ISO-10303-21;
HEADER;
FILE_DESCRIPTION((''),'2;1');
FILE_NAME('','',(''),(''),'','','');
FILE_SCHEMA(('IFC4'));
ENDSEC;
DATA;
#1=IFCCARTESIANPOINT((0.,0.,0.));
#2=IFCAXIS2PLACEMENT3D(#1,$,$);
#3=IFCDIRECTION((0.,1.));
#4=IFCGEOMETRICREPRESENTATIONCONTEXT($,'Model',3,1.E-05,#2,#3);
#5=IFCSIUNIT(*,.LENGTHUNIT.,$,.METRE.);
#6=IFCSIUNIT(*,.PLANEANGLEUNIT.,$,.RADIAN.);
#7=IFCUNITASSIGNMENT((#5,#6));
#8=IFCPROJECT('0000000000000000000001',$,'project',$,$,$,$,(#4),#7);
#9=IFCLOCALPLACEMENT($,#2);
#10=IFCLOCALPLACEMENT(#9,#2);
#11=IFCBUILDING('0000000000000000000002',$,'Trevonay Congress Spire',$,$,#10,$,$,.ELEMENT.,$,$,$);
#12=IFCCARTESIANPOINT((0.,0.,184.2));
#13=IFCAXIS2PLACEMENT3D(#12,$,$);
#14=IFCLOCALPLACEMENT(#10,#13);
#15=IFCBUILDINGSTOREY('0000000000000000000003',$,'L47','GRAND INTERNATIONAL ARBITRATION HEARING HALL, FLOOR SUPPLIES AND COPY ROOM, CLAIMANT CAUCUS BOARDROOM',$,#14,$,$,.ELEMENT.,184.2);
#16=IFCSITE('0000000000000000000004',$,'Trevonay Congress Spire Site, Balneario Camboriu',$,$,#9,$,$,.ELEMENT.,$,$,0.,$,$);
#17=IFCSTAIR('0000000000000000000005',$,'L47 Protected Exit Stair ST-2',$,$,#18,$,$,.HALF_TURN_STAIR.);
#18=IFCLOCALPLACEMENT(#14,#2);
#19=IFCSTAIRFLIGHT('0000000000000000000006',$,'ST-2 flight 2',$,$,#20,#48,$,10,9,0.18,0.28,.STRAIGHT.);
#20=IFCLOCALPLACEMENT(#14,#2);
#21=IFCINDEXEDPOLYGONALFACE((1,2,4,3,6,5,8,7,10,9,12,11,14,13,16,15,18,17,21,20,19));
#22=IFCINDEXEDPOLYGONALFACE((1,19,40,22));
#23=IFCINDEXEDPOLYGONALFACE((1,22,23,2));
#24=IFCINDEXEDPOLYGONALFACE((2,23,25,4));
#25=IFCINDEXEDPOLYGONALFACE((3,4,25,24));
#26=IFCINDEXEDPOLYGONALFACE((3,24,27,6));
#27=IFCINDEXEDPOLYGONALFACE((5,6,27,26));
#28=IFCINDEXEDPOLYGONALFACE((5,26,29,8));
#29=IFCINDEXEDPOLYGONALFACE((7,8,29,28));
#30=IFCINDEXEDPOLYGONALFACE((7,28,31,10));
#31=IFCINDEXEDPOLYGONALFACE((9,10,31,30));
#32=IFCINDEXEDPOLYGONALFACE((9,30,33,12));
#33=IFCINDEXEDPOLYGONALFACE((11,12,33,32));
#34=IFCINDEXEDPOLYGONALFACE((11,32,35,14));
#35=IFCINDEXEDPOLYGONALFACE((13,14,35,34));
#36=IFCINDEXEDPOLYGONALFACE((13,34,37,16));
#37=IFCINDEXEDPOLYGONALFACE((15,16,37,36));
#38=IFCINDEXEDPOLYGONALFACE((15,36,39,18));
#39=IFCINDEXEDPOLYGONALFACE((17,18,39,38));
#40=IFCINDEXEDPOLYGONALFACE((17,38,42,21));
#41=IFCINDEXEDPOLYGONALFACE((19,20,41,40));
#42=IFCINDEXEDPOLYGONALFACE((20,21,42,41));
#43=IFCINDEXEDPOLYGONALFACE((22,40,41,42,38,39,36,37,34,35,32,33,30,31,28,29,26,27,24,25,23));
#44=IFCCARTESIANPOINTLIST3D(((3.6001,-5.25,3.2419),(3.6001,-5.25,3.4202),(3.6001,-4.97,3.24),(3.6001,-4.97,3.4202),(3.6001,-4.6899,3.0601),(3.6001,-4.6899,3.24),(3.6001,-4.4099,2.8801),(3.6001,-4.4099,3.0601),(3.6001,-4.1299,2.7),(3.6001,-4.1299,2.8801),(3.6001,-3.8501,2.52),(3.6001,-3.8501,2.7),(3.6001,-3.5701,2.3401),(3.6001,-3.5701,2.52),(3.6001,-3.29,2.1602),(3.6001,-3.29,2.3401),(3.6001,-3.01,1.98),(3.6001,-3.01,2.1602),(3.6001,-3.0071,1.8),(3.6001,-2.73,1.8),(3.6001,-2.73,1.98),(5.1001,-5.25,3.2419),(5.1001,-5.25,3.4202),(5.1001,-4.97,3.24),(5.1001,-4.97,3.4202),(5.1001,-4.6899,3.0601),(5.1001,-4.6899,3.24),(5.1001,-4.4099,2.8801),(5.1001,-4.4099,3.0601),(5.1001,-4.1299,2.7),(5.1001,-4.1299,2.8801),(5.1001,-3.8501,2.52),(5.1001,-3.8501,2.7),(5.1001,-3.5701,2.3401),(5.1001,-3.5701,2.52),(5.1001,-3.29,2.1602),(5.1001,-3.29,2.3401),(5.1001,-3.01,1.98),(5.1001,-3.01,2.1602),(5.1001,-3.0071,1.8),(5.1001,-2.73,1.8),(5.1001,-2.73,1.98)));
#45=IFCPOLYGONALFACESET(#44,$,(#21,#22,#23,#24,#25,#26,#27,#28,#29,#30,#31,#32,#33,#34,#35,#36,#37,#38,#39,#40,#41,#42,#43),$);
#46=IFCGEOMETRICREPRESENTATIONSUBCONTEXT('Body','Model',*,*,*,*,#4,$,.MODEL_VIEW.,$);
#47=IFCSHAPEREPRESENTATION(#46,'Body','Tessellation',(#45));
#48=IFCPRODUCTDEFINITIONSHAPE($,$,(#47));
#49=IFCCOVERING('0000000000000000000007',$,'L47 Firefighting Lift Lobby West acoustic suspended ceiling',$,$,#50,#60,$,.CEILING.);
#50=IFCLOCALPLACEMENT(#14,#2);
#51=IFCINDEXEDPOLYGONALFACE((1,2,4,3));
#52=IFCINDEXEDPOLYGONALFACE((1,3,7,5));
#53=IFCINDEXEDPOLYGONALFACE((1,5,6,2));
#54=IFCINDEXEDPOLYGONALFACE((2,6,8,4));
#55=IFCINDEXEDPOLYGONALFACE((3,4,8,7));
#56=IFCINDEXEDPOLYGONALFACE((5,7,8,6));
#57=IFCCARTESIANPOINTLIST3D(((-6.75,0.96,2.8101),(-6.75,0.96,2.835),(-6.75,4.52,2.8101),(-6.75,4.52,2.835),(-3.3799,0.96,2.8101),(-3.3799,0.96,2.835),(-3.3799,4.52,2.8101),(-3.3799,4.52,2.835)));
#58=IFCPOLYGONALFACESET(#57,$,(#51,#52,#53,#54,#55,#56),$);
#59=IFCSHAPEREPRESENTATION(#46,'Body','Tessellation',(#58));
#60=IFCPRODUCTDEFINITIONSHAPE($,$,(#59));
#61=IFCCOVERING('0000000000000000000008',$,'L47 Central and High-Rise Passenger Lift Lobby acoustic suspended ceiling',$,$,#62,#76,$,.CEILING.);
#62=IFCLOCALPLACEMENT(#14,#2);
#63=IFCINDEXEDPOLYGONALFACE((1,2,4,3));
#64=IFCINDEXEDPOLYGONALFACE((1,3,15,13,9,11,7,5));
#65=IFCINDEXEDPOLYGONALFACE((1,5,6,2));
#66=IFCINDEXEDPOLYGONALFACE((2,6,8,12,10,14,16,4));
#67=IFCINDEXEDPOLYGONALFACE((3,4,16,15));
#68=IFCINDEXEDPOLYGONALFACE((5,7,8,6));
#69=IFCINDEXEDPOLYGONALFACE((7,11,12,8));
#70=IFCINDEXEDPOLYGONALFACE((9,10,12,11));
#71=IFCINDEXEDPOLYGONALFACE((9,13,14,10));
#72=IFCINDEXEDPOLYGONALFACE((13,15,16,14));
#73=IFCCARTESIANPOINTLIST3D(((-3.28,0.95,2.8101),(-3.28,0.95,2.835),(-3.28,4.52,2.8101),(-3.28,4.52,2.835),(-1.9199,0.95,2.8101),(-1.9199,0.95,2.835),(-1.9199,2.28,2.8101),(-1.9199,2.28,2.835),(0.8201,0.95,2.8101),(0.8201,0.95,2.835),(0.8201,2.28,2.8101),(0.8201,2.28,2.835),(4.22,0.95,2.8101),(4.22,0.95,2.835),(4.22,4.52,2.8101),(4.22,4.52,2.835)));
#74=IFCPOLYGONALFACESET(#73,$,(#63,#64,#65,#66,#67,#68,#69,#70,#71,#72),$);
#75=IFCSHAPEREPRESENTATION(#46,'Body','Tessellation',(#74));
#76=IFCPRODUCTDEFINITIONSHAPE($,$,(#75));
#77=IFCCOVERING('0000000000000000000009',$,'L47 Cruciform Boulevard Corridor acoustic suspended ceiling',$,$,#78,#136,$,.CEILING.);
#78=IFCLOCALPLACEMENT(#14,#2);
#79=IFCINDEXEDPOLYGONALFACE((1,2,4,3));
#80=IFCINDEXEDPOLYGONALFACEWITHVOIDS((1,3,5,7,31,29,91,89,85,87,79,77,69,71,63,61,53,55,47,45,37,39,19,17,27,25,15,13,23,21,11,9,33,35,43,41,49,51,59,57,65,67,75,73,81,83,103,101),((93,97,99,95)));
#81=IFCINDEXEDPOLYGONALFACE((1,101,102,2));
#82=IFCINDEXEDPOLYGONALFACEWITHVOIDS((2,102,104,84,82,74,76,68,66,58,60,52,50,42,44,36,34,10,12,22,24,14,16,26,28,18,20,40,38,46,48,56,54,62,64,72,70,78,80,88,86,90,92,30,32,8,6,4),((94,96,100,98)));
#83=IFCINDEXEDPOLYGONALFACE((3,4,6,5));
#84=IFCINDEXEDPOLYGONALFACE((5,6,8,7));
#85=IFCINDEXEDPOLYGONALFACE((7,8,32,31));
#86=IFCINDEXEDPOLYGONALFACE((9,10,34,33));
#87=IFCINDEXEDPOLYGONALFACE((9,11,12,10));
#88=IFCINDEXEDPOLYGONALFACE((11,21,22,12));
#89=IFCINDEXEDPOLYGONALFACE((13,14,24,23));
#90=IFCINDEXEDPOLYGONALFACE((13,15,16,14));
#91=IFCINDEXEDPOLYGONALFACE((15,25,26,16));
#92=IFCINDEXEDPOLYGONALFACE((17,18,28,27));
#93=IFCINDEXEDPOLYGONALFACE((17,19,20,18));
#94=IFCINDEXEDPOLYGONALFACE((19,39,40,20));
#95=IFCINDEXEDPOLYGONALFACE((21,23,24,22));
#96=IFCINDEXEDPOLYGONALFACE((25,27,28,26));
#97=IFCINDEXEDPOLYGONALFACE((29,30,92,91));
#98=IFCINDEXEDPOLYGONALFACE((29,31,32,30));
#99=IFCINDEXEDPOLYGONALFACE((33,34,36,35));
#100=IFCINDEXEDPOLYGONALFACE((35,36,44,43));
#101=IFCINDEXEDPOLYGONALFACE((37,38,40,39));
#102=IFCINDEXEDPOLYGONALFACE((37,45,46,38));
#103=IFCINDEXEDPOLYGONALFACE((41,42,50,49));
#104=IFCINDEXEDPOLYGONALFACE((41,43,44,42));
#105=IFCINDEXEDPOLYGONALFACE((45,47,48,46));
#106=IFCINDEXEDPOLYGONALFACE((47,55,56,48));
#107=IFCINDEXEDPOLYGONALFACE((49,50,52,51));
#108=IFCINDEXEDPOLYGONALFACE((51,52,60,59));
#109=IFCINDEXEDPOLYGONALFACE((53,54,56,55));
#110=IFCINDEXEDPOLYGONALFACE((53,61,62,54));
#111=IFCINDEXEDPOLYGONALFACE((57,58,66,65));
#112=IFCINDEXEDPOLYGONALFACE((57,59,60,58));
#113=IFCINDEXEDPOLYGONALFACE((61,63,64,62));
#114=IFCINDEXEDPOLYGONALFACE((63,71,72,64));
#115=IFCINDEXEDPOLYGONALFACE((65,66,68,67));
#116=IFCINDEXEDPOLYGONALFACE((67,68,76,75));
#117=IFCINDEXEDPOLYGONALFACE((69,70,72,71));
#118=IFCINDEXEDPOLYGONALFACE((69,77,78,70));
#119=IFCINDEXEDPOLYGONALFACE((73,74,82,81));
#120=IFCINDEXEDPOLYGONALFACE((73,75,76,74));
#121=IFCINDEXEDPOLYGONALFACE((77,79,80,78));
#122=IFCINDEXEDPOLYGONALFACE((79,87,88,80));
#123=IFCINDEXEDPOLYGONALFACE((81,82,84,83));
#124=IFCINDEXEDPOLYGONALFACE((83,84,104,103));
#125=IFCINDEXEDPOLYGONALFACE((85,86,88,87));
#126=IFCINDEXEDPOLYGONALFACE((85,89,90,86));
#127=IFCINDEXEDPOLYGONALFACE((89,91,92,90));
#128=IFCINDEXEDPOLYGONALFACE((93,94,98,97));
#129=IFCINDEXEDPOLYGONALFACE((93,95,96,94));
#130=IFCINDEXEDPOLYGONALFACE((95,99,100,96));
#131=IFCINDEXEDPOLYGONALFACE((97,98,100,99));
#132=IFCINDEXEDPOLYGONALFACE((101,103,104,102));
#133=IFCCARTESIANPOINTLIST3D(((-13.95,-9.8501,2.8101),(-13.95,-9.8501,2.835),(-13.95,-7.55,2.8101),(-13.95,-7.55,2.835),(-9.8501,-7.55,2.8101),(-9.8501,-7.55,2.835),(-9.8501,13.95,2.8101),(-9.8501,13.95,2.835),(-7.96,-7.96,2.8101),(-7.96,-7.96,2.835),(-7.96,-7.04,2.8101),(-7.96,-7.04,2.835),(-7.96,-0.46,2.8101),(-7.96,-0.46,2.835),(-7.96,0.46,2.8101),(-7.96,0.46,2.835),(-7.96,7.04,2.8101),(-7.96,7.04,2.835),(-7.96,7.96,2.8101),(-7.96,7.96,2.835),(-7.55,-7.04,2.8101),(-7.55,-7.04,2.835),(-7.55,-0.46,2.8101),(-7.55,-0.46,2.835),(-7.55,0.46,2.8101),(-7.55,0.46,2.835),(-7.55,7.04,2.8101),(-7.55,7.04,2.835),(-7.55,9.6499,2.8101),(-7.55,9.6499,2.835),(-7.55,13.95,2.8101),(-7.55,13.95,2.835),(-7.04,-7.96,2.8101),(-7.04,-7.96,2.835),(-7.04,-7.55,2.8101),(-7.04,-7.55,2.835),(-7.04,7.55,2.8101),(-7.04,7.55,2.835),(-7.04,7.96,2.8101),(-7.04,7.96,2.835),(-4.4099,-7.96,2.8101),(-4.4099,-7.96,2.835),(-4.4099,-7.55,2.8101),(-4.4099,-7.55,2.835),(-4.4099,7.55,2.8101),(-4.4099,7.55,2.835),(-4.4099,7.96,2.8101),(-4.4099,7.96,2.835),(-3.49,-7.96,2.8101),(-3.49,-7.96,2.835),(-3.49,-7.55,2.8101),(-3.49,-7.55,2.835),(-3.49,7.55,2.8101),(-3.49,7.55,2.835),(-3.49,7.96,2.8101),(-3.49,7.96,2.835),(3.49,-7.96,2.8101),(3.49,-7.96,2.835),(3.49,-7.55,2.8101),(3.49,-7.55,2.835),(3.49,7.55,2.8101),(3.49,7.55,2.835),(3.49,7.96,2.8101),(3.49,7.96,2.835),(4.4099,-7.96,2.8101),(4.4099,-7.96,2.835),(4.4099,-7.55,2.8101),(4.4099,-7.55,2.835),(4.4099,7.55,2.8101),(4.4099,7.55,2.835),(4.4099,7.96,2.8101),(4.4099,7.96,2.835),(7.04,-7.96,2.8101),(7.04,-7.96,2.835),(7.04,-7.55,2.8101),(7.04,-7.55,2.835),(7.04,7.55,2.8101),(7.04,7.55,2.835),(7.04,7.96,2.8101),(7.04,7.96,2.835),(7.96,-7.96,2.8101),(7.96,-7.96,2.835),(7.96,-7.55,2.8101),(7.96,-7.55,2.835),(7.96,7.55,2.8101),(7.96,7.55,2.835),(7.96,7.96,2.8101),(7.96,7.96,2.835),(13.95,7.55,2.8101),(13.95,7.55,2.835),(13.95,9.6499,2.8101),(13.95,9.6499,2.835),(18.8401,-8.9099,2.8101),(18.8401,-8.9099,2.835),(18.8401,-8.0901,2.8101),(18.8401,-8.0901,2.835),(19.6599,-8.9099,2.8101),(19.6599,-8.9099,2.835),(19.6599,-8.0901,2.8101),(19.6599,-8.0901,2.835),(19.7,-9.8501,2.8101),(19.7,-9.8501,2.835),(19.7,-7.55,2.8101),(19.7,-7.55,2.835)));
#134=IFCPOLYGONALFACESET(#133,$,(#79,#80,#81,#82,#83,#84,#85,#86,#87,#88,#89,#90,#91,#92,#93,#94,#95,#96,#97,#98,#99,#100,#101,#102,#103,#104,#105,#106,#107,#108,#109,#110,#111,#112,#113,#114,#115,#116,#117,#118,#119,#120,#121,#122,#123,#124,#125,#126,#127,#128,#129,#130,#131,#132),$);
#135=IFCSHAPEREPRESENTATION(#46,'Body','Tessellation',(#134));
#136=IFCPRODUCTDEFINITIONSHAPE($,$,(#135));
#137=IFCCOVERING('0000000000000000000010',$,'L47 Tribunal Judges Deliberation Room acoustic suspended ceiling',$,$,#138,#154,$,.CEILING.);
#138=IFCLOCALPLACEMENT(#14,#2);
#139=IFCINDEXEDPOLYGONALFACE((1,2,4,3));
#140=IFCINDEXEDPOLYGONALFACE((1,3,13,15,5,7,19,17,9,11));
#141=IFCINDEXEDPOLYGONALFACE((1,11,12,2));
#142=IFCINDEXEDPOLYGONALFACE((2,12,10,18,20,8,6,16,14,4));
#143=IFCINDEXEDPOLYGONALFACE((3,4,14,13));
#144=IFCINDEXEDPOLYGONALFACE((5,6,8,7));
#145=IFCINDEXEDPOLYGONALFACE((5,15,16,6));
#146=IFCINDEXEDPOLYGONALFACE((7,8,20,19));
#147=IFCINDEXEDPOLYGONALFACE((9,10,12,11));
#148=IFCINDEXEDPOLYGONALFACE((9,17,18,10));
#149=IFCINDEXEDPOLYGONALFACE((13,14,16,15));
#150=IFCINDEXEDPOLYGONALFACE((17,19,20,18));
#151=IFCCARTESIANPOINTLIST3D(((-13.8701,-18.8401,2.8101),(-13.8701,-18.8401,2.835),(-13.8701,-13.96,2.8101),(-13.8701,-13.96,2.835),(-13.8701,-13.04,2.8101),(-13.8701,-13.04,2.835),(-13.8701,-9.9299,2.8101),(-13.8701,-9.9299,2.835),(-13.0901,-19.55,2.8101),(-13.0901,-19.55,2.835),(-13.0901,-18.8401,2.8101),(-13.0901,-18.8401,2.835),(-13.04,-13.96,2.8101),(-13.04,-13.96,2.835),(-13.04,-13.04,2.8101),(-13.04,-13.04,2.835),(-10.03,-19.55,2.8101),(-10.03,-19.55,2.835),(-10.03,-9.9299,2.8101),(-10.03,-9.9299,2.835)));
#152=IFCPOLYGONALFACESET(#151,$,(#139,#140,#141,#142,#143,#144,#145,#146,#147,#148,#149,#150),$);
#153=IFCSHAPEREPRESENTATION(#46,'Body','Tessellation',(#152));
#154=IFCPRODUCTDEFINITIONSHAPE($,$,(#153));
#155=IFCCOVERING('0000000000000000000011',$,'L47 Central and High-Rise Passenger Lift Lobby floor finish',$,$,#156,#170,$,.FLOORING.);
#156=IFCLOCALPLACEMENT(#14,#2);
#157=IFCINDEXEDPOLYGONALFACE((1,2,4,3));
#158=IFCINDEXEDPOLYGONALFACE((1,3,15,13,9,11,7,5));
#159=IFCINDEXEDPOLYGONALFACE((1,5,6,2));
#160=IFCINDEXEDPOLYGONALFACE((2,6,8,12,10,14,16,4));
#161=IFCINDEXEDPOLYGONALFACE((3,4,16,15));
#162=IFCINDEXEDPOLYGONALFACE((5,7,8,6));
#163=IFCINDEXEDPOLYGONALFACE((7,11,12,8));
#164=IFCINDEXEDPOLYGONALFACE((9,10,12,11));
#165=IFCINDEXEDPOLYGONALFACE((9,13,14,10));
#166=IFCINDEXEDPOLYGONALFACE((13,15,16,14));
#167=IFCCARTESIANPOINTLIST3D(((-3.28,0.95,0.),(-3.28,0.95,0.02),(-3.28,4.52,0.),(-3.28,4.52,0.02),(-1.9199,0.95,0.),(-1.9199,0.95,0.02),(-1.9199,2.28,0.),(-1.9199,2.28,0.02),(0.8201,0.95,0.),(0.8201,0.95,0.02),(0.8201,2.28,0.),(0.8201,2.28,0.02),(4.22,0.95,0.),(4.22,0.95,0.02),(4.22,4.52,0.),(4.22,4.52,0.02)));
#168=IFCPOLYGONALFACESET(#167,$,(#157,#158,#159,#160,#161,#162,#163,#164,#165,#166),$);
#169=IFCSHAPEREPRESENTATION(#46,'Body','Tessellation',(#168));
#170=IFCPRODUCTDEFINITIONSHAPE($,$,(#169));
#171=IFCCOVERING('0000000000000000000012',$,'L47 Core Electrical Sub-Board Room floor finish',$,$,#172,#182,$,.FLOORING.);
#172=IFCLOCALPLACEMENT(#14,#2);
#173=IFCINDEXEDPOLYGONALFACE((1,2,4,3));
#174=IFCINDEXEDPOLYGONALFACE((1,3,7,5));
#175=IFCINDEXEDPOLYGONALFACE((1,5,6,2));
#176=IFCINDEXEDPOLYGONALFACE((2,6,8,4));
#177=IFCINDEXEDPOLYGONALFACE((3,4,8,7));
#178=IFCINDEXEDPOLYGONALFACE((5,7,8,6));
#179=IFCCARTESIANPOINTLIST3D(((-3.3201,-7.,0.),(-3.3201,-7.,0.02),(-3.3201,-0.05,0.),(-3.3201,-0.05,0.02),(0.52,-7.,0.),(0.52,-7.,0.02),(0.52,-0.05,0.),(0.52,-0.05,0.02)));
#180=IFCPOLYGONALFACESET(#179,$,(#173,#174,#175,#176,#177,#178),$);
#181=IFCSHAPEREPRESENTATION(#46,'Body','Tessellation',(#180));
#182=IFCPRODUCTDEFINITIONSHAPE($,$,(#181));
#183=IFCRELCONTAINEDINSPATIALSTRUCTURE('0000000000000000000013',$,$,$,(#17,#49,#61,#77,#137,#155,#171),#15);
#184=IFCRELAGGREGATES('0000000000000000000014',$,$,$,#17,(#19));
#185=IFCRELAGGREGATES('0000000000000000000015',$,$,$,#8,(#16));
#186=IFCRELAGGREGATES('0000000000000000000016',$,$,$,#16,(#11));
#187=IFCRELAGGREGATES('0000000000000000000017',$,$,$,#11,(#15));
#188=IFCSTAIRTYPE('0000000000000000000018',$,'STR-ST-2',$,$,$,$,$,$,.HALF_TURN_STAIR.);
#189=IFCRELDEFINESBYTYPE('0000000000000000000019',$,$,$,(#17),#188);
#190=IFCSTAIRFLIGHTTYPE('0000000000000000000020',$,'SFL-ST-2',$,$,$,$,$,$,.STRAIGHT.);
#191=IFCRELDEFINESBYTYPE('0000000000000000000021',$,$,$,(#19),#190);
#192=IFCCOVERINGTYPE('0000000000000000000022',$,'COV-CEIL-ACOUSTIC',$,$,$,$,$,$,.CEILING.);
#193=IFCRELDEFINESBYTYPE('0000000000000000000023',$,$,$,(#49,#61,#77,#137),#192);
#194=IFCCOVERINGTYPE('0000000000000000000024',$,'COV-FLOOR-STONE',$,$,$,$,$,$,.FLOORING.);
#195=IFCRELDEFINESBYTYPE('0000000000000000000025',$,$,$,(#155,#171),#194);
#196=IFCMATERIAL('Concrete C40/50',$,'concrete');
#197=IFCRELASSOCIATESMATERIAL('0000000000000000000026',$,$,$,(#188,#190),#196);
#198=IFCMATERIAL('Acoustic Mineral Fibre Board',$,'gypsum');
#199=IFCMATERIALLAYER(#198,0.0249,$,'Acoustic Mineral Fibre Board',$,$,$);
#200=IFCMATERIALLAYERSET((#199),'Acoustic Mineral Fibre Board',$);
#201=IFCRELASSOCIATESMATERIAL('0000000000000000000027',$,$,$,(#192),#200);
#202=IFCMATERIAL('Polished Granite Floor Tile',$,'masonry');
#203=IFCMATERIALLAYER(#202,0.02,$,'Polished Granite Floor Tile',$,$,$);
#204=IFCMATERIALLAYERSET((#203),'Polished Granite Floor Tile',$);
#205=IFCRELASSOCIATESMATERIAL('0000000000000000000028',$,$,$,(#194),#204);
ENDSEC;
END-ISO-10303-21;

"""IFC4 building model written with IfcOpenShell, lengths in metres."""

from ifc_helpers import new_model, si_unit, direction, frame, origin, place, context, subcontext, project, spatial, polyline, outline, extrude, material, layer, layer_set, type_object, element, aggregate, save


model = new_model("IFC4")

# Units and contexts
model_context = context("Model", 3, precision=1e-05, world=origin(), true_north=direction((0.0, 1.0)))
body_context = subcontext(model_context, "Body", "Model", "MODEL_VIEW")
ifc_project = project(units=[si_unit("LENGTHUNIT", "METRE"), si_unit("PLANEANGLEUNIT", "RADIAN")], contexts=[model_context])

# Site, building, storey
site_placement = place(None, origin())
site = spatial("IfcSite", under=ifc_project, at=site_placement, Name="Trevonay Congress Spire Site, Balneario Camboriu", CompositionType="ELEMENT", RefElevation=0.0)
building_placement = place(site_placement, origin())
building = spatial("IfcBuilding", under=site, at=building_placement, Name="Trevonay Congress Spire", CompositionType="ELEMENT")
storey_placement = place(building_placement, frame((0.0, 0.0, 184.2)))
storey = spatial("IfcBuildingStorey", under=building, at=storey_placement, Name="L47", Description="GRAND INTERNATIONAL ARBITRATION HEARING HALL, FLOOR SUPPLIES AND COPY ROOM, CLAIMANT CAUCUS BOARDROOM", CompositionType="ELEMENT", Elevation=184.2)

# Stair, stair flight
ifc_material_1 = material(Name="Concrete C40/50", Category="concrete")
stair_type = type_object("IfcStairType", Name="STR-ST-2", PredefinedType="HALF_TURN_STAIR", material=ifc_material_1)
stair_placement = place(storey_placement, origin())
stair = element("IfcStair", 1, at=stair_placement, inside=storey, type_object=stair_type, Name="L47 Protected Exit Stair ST-2", PredefinedType="HALF_TURN_STAIR")
stair_flight_type = type_object("IfcStairFlightType", Name="SFL-ST-2", PredefinedType="STRAIGHT", material=ifc_material_1)
stair_flight_1_placement = place(storey_placement, frame((4.3501, -2.73, 1.8), z_axis=(0.0, 0.0, 1.0), x_axis=(0.0, -1.0, 0.0)))
stair_flight_1 = element("IfcStairFlight", 2, at=stair_flight_1_placement, type_object=stair_flight_type, Name="ST-2 flight 2", NumberOfRisers=10, NumberOfTreads=9, PredefinedType="STRAIGHT", RiserHeight=0.18, TreadLength=0.28, context=body_context, shape_type="SweptSolid", body=[
    extrude(outline(polyline([(0.0, 0.0), (0.0, 0.1799), (0.28, 0.1799), (0.28, 0.3601), (0.5601, 0.3601), (0.5601, 0.54), (0.8401, 0.54), (0.8401, 0.72), (1.1201, 0.72), (1.1201, 0.8999), (1.3999, 0.8999), (1.3999, 1.0801), (1.6799, 1.0801), (1.6799, 1.26), (1.96, 1.26), (1.96, 1.4399), (2.24, 1.4399), (2.24, 1.6201), (2.52, 1.6201), (2.52, 1.8), (2.52, 1.4419), (0.2771, 0.0), (0.0, 0.0)])), frame((0.0, 0.75, 0.0), z_axis=(0.0, -1.0, 0.0), x_axis=(1.0, 0.0, 0.0)), (0.0, 0.0, 1.0), 1.5),
])
aggregate(stair, [stair_flight_1])

# Coverings
ifc_material_2 = material(Name="Acoustic Mineral Fibre Board", Category="gypsum")
ifc_layer_1 = layer(ifc_material_2, 0.0249, Name="Acoustic Mineral Fibre Board")
ifc_layer_set_1 = layer_set([ifc_layer_1], Name="Acoustic Mineral Fibre Board")
covering_type_1 = type_object("IfcCoveringType", Name="COV-CEIL-ACOUSTIC", PredefinedType="CEILING", material=ifc_layer_set_1)
covering_1_placement = place(storey_placement, frame((0.0, 0.0, 2.8101)))
element("IfcCovering", 3, at=covering_1_placement, inside=storey, type_object=covering_type_1, Name="L47 Firefighting Lift Lobby West acoustic suspended ceiling", PredefinedType="CEILING", context=body_context, shape_type="SweptSolid", body=[
    extrude(outline(polyline([(-6.75, 0.96), (-3.3799, 0.96), (-3.3799, 4.52), (-6.75, 4.52), (-6.75, 0.96)])), origin(), (0.0, 0.0, 1.0), 0.0249),
])
covering_2_placement = place(storey_placement, frame((0.0, 0.0, 2.8101)))
element("IfcCovering", 4, at=covering_2_placement, inside=storey, type_object=covering_type_1, Name="L47 Central and High-Rise Passenger Lift Lobby acoustic suspended ceiling", PredefinedType="CEILING", context=body_context, shape_type="SweptSolid", body=[
    extrude(outline(polyline([(-3.28, 0.95), (-1.9199, 0.95), (-1.9199, 2.28), (0.8201, 2.28), (0.8201, 0.95), (4.22, 0.95), (4.22, 4.52), (-3.28, 4.52), (-3.28, 0.95)])), origin(), (0.0, 0.0, 1.0), 0.0249),
])
covering_3_placement = place(storey_placement, frame((0.0, 0.0, 2.8101)))
element("IfcCovering", 5, at=covering_3_placement, inside=storey, type_object=covering_type_1, Name="L47 Cruciform Boulevard Corridor acoustic suspended ceiling", PredefinedType="CEILING", context=body_context, shape_type="SweptSolid", body=[
    extrude(outline(polyline([(19.7, -7.55), (19.7, -9.8501), (-13.95, -9.8501), (-13.95, -7.55), (-9.8501, -7.55), (-9.8501, 13.95), (-7.55, 13.95), (-7.55, 9.6499), (13.95, 9.6499), (13.95, 7.55), (7.96, 7.55), (7.96, 7.96), (7.04, 7.96), (7.04, 7.55), (4.4099, 7.55), (4.4099, 7.96), (3.49, 7.96), (3.49, 7.55), (-3.49, 7.55), (-3.49, 7.96), (-4.4099, 7.96), (-4.4099, 7.55), (-7.04, 7.55), (-7.04, 7.96), (-7.96, 7.96), (-7.96, 7.04), (-7.55, 7.04), (-7.55, 0.46), (-7.96, 0.46), (-7.96, -0.46), (-7.55, -0.46), (-7.55, -7.04), (-7.96, -7.04), (-7.96, -7.96), (-7.04, -7.96), (-7.04, -7.55), (-4.4099, -7.55), (-4.4099, -7.96), (-3.49, -7.96), (-3.49, -7.55), (3.49, -7.55), (3.49, -7.96), (4.4099, -7.96), (4.4099, -7.55), (7.04, -7.55), (7.04, -7.96), (7.96, -7.96), (7.96, -7.55), (19.7, -7.55)]), holes=[polyline([(19.6599, -8.0901), (18.8401, -8.0901), (18.8401, -8.9099), (19.6599, -8.9099), (19.6599, -8.0901)])]), origin(), (0.0, 0.0, 1.0), 0.0249),
])
covering_4_placement = place(storey_placement, frame((0.0, 0.0, 2.8101)))
element("IfcCovering", 6, at=covering_4_placement, inside=storey, type_object=covering_type_1, Name="L47 Tribunal Judges Deliberation Room acoustic suspended ceiling", PredefinedType="CEILING", context=body_context, shape_type="SweptSolid", body=[
    extrude(outline(polyline([(-13.8701, -9.9299), (-10.03, -9.9299), (-10.03, -19.55), (-13.0901, -19.55), (-13.0901, -18.8401), (-13.8701, -18.8401), (-13.8701, -13.96), (-13.04, -13.96), (-13.04, -13.04), (-13.8701, -13.04), (-13.8701, -9.9299)])), origin(), (0.0, 0.0, 1.0), 0.0249),
])
ifc_material_3 = material(Name="Polished Granite Floor Tile", Category="masonry")
ifc_layer_2 = layer(ifc_material_3, 0.02, Name="Polished Granite Floor Tile")
ifc_layer_set_2 = layer_set([ifc_layer_2], Name="Polished Granite Floor Tile")
covering_type_2 = type_object("IfcCoveringType", Name="COV-FLOOR-STONE", PredefinedType="FLOORING", material=ifc_layer_set_2)
covering_5_placement = place(storey_placement, origin())
element("IfcCovering", 7, at=covering_5_placement, inside=storey, type_object=covering_type_2, Name="L47 Central and High-Rise Passenger Lift Lobby floor finish", PredefinedType="FLOORING", context=body_context, shape_type="SweptSolid", body=[
    extrude(outline(polyline([(-3.28, 0.95), (-1.9199, 0.95), (-1.9199, 2.28), (0.8201, 2.28), (0.8201, 0.95), (4.22, 0.95), (4.22, 4.52), (-3.28, 4.52), (-3.28, 0.95)])), origin(), (0.0, 0.0, 1.0), 0.02),
])
covering_6_placement = place(storey_placement, origin())
element("IfcCovering", 8, at=covering_6_placement, inside=storey, type_object=covering_type_2, Name="L47 Core Electrical Sub-Board Room floor finish", PredefinedType="FLOORING", context=body_context, shape_type="SweptSolid", body=[
    extrude(outline(polyline([(-3.3201, -7.0), (0.52, -7.0), (0.52, -0.05), (-3.3201, -0.05), (-3.3201, -7.0)])), origin(), (0.0, 0.0, 1.0), 0.02),
])

save(model, "model.ifc")
